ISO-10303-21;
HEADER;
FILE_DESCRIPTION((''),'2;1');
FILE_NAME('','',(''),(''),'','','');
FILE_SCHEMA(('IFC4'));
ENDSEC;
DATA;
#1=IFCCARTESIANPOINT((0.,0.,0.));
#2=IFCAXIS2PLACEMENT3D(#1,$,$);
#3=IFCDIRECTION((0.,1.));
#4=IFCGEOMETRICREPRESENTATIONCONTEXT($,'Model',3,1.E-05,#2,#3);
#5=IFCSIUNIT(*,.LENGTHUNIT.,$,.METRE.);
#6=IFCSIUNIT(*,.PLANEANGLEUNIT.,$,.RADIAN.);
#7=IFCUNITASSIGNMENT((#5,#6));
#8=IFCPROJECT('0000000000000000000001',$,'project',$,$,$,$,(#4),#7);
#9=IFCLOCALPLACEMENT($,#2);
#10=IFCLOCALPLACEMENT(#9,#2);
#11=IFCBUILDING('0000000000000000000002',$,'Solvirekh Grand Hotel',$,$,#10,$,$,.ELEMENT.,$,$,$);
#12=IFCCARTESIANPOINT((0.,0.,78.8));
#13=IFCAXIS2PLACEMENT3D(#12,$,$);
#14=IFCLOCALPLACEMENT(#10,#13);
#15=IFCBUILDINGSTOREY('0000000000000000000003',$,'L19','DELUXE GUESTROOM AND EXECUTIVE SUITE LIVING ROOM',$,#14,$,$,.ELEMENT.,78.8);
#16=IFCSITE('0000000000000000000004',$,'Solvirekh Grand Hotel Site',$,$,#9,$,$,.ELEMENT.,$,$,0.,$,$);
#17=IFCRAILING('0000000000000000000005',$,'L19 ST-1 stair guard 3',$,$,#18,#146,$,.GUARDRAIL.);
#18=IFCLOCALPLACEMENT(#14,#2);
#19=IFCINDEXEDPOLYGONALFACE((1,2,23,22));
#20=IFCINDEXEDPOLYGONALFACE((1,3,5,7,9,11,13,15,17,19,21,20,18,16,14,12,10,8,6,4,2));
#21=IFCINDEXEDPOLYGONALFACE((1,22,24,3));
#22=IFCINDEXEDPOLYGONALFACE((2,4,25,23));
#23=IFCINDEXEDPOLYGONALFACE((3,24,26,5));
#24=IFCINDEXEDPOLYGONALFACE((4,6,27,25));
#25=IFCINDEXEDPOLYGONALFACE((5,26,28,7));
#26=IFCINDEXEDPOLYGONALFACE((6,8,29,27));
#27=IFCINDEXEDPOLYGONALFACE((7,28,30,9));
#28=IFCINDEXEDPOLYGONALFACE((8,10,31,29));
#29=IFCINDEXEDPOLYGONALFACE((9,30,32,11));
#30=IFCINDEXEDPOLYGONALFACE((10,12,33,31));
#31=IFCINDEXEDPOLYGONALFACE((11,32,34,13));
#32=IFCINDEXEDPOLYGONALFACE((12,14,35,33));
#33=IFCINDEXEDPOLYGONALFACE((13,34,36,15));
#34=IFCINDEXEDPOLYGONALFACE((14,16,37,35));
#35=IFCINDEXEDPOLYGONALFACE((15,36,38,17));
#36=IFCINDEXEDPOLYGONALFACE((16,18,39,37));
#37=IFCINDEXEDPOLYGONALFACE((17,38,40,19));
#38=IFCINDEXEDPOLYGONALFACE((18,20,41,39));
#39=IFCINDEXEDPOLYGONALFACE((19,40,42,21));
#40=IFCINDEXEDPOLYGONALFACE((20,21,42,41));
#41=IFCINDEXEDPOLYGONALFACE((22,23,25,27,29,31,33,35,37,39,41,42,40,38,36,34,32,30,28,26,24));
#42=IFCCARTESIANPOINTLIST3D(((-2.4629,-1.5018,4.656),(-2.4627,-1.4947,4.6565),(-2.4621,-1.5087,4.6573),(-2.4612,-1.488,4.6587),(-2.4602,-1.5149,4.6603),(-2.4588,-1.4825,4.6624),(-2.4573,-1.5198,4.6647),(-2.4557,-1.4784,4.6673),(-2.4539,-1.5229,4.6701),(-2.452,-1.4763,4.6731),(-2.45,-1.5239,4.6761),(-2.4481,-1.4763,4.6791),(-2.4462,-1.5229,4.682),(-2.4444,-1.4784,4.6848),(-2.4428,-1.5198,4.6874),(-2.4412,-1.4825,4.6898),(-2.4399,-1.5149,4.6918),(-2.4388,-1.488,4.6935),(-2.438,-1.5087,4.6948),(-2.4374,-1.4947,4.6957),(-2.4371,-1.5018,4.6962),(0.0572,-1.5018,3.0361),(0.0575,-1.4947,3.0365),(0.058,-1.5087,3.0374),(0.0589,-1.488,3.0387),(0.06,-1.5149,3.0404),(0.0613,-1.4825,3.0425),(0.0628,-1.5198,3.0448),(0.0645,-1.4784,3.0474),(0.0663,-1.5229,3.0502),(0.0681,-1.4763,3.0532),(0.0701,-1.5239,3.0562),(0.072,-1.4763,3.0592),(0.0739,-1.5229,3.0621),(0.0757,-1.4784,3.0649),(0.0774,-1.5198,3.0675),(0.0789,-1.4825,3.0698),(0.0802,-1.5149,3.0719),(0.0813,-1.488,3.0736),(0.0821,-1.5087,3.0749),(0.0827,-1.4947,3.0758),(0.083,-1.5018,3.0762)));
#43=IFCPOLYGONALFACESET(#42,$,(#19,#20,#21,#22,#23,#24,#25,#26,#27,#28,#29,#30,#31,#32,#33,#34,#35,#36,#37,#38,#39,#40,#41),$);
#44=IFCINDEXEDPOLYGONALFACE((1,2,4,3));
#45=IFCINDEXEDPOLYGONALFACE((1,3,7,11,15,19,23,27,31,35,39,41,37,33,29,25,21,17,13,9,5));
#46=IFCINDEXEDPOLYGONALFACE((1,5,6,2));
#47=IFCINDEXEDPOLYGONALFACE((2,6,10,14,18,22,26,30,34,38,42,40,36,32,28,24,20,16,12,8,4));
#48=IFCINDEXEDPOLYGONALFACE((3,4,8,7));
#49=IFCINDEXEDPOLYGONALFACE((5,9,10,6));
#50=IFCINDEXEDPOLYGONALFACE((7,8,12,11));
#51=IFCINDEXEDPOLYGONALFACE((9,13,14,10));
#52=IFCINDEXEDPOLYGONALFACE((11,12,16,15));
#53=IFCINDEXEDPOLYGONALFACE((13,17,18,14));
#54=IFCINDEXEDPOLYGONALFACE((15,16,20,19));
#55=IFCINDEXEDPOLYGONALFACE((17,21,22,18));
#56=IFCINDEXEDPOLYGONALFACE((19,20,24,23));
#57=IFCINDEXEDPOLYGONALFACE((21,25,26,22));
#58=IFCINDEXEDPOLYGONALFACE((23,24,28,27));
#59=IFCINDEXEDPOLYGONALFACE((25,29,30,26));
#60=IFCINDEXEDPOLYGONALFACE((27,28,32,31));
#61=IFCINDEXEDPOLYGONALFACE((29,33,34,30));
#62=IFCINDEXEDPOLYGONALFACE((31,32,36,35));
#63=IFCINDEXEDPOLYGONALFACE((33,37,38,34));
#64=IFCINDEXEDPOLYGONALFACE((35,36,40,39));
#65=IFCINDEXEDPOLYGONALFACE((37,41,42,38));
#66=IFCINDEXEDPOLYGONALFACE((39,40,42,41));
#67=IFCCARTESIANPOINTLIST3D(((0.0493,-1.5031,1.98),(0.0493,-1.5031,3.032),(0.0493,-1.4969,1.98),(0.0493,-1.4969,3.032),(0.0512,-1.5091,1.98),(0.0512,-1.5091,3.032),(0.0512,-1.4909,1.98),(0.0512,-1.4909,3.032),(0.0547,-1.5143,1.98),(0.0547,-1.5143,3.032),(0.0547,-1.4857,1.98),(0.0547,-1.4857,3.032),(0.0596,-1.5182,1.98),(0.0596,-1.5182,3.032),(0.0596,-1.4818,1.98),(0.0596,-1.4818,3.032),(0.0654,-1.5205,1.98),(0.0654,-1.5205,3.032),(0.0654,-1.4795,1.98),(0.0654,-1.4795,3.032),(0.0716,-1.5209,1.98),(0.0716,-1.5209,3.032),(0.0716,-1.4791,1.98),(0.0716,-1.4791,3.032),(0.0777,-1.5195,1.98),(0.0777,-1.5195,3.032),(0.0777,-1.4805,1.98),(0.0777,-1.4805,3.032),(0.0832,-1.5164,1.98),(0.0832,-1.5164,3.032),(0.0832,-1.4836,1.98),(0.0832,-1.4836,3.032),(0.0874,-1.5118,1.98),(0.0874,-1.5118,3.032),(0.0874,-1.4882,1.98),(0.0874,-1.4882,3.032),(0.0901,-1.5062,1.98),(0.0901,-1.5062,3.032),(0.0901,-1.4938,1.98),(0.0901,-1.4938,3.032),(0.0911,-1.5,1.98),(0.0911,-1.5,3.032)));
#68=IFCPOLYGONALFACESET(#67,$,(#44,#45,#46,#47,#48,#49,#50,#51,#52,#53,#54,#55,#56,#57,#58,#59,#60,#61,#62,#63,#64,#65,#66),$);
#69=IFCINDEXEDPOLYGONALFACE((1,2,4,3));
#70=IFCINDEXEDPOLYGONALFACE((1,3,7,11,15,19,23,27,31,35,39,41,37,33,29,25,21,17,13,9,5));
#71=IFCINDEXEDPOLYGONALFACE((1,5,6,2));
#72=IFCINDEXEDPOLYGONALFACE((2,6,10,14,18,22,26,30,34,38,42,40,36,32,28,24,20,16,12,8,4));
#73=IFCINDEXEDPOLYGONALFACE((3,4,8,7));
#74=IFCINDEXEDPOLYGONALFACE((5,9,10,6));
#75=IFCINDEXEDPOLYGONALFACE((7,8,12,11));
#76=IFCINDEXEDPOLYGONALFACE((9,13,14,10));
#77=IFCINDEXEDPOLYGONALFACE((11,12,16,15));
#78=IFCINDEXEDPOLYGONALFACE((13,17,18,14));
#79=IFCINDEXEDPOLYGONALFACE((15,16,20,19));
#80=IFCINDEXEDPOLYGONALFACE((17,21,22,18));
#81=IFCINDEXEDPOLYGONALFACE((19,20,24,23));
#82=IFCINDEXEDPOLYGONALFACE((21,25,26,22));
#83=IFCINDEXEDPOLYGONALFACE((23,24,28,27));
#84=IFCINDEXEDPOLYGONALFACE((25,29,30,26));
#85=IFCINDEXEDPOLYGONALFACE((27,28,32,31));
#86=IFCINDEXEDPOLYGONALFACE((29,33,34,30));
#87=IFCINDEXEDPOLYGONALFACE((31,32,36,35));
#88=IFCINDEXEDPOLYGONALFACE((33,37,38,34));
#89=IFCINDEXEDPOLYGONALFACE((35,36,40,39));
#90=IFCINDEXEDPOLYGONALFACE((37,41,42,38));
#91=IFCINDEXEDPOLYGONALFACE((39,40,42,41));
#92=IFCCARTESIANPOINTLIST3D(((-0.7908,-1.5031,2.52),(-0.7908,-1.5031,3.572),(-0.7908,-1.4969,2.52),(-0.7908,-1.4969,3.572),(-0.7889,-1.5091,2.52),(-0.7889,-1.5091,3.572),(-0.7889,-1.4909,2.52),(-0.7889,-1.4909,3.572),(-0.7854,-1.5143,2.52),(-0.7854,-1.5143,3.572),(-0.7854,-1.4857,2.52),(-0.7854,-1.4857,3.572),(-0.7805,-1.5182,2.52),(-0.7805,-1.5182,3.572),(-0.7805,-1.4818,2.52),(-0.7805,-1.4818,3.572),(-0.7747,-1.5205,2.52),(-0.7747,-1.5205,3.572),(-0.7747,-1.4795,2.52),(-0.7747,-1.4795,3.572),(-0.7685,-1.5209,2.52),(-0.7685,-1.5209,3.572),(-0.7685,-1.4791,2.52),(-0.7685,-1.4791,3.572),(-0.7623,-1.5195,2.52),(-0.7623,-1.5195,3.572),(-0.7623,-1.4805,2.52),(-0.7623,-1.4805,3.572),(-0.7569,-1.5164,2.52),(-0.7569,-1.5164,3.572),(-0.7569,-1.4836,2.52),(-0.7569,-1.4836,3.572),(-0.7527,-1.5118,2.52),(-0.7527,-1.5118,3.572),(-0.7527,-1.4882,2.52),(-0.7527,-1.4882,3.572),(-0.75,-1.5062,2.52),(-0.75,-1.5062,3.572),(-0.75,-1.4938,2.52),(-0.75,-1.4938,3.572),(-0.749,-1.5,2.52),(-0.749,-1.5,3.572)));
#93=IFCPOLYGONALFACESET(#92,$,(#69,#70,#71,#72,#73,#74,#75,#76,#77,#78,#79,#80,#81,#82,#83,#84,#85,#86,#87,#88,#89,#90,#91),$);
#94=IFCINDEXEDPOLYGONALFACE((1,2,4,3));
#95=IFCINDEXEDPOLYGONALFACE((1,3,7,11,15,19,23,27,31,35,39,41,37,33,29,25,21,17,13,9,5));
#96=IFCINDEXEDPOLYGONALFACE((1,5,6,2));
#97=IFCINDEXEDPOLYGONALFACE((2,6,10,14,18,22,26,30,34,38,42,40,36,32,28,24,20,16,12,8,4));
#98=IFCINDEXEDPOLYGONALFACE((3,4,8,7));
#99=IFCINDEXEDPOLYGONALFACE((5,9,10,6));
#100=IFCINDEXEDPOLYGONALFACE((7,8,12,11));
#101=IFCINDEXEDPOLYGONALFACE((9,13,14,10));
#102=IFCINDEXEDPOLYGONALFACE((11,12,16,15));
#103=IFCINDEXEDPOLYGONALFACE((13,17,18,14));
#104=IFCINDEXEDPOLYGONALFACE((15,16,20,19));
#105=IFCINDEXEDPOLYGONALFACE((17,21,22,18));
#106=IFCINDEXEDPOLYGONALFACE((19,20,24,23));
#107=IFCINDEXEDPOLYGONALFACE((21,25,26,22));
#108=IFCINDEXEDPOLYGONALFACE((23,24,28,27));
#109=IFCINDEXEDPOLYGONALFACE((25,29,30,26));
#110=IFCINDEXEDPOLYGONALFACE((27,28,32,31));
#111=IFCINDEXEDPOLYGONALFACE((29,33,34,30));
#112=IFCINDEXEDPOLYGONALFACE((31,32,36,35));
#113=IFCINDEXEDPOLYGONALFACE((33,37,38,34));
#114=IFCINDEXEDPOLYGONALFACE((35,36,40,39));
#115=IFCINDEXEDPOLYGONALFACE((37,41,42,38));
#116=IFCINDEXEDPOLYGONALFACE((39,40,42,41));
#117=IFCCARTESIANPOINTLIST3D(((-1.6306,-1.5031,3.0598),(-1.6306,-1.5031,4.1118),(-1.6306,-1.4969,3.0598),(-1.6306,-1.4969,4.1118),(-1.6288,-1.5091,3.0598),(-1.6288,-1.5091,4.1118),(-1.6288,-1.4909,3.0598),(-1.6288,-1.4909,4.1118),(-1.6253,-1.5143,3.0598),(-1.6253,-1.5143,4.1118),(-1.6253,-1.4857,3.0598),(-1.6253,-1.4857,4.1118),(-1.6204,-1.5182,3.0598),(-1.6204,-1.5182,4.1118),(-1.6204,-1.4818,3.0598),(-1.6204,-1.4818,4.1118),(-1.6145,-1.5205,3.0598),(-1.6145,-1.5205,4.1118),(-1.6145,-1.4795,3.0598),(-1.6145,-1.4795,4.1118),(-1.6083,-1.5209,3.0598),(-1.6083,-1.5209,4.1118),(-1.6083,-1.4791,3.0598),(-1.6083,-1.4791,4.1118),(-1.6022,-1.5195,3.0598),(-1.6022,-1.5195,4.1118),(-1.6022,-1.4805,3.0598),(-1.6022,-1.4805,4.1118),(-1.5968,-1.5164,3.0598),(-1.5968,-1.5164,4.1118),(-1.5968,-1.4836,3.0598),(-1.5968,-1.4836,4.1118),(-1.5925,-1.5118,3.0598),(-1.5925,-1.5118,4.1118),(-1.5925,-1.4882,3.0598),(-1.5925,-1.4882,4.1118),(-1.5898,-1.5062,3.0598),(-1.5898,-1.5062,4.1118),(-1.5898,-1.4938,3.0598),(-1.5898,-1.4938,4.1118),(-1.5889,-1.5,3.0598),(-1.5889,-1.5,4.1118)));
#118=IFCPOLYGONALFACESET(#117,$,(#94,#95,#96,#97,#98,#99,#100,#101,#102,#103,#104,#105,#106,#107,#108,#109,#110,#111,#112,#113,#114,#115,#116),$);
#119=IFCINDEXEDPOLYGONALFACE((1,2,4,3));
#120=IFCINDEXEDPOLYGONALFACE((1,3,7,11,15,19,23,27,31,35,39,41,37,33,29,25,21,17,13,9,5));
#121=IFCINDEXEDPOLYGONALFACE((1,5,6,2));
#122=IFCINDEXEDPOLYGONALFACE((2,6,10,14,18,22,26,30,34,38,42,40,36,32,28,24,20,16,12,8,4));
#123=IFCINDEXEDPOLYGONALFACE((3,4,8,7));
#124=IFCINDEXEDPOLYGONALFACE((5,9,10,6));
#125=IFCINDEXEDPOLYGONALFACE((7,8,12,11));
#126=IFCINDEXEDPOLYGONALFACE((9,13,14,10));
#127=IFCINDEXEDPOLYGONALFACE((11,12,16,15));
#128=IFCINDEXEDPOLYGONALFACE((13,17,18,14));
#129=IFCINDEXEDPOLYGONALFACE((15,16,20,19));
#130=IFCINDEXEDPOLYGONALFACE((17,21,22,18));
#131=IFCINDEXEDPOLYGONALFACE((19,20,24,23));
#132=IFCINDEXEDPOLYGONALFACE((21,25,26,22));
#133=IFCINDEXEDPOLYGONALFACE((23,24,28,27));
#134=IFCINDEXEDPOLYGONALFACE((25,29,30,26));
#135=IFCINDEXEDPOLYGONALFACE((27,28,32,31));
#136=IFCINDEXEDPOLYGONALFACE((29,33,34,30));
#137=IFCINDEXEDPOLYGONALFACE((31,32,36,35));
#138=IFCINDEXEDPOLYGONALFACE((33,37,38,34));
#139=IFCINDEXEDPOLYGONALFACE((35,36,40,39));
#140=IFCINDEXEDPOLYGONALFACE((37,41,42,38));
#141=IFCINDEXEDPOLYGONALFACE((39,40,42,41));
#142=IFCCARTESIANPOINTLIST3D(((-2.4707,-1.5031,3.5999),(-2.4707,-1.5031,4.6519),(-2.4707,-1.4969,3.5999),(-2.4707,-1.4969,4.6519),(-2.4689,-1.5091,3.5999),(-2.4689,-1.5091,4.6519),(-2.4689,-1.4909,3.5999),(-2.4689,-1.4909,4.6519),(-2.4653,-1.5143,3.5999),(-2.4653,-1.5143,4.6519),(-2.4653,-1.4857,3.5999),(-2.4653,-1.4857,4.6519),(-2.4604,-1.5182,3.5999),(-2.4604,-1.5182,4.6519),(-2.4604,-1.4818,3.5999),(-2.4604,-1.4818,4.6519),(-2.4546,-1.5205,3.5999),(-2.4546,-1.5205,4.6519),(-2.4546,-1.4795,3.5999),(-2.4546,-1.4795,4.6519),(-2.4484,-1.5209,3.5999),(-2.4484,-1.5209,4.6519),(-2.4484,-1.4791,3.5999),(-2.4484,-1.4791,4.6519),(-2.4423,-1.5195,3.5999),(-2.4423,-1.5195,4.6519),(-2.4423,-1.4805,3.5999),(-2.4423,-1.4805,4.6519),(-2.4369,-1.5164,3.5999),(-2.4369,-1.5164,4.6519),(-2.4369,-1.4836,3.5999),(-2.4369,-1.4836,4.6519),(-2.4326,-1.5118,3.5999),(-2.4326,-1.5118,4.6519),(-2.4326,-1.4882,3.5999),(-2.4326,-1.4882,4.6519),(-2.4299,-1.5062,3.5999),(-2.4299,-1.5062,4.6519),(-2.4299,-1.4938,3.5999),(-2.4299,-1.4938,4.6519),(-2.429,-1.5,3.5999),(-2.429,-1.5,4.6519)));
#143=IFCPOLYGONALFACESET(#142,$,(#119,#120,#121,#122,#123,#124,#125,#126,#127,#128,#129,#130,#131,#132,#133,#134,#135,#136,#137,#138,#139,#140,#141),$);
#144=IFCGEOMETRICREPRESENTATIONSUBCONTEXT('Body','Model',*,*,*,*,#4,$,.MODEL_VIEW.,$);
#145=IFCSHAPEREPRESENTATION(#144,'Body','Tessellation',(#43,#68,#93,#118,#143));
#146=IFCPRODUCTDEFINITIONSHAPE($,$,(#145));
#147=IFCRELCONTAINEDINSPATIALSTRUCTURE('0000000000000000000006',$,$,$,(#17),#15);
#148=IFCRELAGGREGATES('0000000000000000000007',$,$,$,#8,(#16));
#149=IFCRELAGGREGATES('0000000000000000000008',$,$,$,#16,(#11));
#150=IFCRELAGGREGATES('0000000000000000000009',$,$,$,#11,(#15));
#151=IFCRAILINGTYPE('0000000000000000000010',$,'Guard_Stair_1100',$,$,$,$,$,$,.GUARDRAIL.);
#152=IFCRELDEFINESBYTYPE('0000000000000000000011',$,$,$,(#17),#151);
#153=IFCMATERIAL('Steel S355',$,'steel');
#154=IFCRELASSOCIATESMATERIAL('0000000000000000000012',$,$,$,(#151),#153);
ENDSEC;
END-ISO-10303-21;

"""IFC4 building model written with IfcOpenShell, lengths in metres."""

from ifc_helpers import new_model, si_unit, direction, frame, origin, origin_2d, place, context, subcontext, project, spatial, circle, extrude, material, type_object, element, save


model = new_model("IFC4")

# Units and contexts
model_context = context("Model", 3, precision=1e-05, world=origin(), true_north=direction((0.0, 1.0)))
body_context = subcontext(model_context, "Body", "Model", "MODEL_VIEW")
ifc_project = project(units=[si_unit("LENGTHUNIT", "METRE"), si_unit("PLANEANGLEUNIT", "RADIAN")], contexts=[model_context])

# Site, building, storey
site_placement = place(None, origin())
site = spatial("IfcSite", under=ifc_project, at=site_placement, Name="Solvirekh Grand Hotel Site", CompositionType="ELEMENT", RefElevation=0.0)
building_placement = place(site_placement, origin())
building = spatial("IfcBuilding", under=site, at=building_placement, Name="Solvirekh Grand Hotel", CompositionType="ELEMENT")
storey_placement = place(building_placement, frame((0.0, 0.0, 78.8)))
storey = spatial("IfcBuildingStorey", under=building, at=storey_placement, Name="L19", Description="DELUXE GUESTROOM AND EXECUTIVE SUITE LIVING ROOM", CompositionType="ELEMENT", Elevation=78.8)

# Railing
ifc_material_1 = material(Name="Steel S355", Category="steel")
railing_type_1 = type_object("IfcRailingType", Name="Guard_Stair_1100", PredefinedType="GUARDRAIL", material=ifc_material_1)
railing_1_placement = place(storey_placement, frame((0.0701, -1.5, 1.98)))
element("IfcRailing", 1, at=railing_1_placement, inside=storey, type_object=railing_type_1, Name="L19 ST-1 stair guard 3", PredefinedType="GUARDRAIL", context=body_context, shape_type="SweptSolid", body=[
    extrude(circle(Radius=0.0239, at=origin_2d()), frame((0.0, 0.0, 1.0762), z_axis=(-0.8412, 0.0, 0.540725), x_axis=(0.0, -1.0, 0.0)), (0.0, 0.0, 1.0), 2.9958),
    extrude(circle(Radius=0.021, at=origin_2d()), origin(), (0.0, 0.0, 1.0), 1.052),
    extrude(circle(Radius=0.021, at=origin_2d()), frame((-0.8401, 0.0, 0.54)), (0.0, 0.0, 1.0), 1.052),
    extrude(circle(Radius=0.021, at=origin_2d()), frame((-1.6799, 0.0, 1.0798)), (0.0, 0.0, 1.0), 1.052),
    extrude(circle(Radius=0.021, at=origin_2d()), frame((-2.52, 0.0, 1.6199)), (0.0, 0.0, 1.0), 1.052),
])

save(model, "model.ifc")
